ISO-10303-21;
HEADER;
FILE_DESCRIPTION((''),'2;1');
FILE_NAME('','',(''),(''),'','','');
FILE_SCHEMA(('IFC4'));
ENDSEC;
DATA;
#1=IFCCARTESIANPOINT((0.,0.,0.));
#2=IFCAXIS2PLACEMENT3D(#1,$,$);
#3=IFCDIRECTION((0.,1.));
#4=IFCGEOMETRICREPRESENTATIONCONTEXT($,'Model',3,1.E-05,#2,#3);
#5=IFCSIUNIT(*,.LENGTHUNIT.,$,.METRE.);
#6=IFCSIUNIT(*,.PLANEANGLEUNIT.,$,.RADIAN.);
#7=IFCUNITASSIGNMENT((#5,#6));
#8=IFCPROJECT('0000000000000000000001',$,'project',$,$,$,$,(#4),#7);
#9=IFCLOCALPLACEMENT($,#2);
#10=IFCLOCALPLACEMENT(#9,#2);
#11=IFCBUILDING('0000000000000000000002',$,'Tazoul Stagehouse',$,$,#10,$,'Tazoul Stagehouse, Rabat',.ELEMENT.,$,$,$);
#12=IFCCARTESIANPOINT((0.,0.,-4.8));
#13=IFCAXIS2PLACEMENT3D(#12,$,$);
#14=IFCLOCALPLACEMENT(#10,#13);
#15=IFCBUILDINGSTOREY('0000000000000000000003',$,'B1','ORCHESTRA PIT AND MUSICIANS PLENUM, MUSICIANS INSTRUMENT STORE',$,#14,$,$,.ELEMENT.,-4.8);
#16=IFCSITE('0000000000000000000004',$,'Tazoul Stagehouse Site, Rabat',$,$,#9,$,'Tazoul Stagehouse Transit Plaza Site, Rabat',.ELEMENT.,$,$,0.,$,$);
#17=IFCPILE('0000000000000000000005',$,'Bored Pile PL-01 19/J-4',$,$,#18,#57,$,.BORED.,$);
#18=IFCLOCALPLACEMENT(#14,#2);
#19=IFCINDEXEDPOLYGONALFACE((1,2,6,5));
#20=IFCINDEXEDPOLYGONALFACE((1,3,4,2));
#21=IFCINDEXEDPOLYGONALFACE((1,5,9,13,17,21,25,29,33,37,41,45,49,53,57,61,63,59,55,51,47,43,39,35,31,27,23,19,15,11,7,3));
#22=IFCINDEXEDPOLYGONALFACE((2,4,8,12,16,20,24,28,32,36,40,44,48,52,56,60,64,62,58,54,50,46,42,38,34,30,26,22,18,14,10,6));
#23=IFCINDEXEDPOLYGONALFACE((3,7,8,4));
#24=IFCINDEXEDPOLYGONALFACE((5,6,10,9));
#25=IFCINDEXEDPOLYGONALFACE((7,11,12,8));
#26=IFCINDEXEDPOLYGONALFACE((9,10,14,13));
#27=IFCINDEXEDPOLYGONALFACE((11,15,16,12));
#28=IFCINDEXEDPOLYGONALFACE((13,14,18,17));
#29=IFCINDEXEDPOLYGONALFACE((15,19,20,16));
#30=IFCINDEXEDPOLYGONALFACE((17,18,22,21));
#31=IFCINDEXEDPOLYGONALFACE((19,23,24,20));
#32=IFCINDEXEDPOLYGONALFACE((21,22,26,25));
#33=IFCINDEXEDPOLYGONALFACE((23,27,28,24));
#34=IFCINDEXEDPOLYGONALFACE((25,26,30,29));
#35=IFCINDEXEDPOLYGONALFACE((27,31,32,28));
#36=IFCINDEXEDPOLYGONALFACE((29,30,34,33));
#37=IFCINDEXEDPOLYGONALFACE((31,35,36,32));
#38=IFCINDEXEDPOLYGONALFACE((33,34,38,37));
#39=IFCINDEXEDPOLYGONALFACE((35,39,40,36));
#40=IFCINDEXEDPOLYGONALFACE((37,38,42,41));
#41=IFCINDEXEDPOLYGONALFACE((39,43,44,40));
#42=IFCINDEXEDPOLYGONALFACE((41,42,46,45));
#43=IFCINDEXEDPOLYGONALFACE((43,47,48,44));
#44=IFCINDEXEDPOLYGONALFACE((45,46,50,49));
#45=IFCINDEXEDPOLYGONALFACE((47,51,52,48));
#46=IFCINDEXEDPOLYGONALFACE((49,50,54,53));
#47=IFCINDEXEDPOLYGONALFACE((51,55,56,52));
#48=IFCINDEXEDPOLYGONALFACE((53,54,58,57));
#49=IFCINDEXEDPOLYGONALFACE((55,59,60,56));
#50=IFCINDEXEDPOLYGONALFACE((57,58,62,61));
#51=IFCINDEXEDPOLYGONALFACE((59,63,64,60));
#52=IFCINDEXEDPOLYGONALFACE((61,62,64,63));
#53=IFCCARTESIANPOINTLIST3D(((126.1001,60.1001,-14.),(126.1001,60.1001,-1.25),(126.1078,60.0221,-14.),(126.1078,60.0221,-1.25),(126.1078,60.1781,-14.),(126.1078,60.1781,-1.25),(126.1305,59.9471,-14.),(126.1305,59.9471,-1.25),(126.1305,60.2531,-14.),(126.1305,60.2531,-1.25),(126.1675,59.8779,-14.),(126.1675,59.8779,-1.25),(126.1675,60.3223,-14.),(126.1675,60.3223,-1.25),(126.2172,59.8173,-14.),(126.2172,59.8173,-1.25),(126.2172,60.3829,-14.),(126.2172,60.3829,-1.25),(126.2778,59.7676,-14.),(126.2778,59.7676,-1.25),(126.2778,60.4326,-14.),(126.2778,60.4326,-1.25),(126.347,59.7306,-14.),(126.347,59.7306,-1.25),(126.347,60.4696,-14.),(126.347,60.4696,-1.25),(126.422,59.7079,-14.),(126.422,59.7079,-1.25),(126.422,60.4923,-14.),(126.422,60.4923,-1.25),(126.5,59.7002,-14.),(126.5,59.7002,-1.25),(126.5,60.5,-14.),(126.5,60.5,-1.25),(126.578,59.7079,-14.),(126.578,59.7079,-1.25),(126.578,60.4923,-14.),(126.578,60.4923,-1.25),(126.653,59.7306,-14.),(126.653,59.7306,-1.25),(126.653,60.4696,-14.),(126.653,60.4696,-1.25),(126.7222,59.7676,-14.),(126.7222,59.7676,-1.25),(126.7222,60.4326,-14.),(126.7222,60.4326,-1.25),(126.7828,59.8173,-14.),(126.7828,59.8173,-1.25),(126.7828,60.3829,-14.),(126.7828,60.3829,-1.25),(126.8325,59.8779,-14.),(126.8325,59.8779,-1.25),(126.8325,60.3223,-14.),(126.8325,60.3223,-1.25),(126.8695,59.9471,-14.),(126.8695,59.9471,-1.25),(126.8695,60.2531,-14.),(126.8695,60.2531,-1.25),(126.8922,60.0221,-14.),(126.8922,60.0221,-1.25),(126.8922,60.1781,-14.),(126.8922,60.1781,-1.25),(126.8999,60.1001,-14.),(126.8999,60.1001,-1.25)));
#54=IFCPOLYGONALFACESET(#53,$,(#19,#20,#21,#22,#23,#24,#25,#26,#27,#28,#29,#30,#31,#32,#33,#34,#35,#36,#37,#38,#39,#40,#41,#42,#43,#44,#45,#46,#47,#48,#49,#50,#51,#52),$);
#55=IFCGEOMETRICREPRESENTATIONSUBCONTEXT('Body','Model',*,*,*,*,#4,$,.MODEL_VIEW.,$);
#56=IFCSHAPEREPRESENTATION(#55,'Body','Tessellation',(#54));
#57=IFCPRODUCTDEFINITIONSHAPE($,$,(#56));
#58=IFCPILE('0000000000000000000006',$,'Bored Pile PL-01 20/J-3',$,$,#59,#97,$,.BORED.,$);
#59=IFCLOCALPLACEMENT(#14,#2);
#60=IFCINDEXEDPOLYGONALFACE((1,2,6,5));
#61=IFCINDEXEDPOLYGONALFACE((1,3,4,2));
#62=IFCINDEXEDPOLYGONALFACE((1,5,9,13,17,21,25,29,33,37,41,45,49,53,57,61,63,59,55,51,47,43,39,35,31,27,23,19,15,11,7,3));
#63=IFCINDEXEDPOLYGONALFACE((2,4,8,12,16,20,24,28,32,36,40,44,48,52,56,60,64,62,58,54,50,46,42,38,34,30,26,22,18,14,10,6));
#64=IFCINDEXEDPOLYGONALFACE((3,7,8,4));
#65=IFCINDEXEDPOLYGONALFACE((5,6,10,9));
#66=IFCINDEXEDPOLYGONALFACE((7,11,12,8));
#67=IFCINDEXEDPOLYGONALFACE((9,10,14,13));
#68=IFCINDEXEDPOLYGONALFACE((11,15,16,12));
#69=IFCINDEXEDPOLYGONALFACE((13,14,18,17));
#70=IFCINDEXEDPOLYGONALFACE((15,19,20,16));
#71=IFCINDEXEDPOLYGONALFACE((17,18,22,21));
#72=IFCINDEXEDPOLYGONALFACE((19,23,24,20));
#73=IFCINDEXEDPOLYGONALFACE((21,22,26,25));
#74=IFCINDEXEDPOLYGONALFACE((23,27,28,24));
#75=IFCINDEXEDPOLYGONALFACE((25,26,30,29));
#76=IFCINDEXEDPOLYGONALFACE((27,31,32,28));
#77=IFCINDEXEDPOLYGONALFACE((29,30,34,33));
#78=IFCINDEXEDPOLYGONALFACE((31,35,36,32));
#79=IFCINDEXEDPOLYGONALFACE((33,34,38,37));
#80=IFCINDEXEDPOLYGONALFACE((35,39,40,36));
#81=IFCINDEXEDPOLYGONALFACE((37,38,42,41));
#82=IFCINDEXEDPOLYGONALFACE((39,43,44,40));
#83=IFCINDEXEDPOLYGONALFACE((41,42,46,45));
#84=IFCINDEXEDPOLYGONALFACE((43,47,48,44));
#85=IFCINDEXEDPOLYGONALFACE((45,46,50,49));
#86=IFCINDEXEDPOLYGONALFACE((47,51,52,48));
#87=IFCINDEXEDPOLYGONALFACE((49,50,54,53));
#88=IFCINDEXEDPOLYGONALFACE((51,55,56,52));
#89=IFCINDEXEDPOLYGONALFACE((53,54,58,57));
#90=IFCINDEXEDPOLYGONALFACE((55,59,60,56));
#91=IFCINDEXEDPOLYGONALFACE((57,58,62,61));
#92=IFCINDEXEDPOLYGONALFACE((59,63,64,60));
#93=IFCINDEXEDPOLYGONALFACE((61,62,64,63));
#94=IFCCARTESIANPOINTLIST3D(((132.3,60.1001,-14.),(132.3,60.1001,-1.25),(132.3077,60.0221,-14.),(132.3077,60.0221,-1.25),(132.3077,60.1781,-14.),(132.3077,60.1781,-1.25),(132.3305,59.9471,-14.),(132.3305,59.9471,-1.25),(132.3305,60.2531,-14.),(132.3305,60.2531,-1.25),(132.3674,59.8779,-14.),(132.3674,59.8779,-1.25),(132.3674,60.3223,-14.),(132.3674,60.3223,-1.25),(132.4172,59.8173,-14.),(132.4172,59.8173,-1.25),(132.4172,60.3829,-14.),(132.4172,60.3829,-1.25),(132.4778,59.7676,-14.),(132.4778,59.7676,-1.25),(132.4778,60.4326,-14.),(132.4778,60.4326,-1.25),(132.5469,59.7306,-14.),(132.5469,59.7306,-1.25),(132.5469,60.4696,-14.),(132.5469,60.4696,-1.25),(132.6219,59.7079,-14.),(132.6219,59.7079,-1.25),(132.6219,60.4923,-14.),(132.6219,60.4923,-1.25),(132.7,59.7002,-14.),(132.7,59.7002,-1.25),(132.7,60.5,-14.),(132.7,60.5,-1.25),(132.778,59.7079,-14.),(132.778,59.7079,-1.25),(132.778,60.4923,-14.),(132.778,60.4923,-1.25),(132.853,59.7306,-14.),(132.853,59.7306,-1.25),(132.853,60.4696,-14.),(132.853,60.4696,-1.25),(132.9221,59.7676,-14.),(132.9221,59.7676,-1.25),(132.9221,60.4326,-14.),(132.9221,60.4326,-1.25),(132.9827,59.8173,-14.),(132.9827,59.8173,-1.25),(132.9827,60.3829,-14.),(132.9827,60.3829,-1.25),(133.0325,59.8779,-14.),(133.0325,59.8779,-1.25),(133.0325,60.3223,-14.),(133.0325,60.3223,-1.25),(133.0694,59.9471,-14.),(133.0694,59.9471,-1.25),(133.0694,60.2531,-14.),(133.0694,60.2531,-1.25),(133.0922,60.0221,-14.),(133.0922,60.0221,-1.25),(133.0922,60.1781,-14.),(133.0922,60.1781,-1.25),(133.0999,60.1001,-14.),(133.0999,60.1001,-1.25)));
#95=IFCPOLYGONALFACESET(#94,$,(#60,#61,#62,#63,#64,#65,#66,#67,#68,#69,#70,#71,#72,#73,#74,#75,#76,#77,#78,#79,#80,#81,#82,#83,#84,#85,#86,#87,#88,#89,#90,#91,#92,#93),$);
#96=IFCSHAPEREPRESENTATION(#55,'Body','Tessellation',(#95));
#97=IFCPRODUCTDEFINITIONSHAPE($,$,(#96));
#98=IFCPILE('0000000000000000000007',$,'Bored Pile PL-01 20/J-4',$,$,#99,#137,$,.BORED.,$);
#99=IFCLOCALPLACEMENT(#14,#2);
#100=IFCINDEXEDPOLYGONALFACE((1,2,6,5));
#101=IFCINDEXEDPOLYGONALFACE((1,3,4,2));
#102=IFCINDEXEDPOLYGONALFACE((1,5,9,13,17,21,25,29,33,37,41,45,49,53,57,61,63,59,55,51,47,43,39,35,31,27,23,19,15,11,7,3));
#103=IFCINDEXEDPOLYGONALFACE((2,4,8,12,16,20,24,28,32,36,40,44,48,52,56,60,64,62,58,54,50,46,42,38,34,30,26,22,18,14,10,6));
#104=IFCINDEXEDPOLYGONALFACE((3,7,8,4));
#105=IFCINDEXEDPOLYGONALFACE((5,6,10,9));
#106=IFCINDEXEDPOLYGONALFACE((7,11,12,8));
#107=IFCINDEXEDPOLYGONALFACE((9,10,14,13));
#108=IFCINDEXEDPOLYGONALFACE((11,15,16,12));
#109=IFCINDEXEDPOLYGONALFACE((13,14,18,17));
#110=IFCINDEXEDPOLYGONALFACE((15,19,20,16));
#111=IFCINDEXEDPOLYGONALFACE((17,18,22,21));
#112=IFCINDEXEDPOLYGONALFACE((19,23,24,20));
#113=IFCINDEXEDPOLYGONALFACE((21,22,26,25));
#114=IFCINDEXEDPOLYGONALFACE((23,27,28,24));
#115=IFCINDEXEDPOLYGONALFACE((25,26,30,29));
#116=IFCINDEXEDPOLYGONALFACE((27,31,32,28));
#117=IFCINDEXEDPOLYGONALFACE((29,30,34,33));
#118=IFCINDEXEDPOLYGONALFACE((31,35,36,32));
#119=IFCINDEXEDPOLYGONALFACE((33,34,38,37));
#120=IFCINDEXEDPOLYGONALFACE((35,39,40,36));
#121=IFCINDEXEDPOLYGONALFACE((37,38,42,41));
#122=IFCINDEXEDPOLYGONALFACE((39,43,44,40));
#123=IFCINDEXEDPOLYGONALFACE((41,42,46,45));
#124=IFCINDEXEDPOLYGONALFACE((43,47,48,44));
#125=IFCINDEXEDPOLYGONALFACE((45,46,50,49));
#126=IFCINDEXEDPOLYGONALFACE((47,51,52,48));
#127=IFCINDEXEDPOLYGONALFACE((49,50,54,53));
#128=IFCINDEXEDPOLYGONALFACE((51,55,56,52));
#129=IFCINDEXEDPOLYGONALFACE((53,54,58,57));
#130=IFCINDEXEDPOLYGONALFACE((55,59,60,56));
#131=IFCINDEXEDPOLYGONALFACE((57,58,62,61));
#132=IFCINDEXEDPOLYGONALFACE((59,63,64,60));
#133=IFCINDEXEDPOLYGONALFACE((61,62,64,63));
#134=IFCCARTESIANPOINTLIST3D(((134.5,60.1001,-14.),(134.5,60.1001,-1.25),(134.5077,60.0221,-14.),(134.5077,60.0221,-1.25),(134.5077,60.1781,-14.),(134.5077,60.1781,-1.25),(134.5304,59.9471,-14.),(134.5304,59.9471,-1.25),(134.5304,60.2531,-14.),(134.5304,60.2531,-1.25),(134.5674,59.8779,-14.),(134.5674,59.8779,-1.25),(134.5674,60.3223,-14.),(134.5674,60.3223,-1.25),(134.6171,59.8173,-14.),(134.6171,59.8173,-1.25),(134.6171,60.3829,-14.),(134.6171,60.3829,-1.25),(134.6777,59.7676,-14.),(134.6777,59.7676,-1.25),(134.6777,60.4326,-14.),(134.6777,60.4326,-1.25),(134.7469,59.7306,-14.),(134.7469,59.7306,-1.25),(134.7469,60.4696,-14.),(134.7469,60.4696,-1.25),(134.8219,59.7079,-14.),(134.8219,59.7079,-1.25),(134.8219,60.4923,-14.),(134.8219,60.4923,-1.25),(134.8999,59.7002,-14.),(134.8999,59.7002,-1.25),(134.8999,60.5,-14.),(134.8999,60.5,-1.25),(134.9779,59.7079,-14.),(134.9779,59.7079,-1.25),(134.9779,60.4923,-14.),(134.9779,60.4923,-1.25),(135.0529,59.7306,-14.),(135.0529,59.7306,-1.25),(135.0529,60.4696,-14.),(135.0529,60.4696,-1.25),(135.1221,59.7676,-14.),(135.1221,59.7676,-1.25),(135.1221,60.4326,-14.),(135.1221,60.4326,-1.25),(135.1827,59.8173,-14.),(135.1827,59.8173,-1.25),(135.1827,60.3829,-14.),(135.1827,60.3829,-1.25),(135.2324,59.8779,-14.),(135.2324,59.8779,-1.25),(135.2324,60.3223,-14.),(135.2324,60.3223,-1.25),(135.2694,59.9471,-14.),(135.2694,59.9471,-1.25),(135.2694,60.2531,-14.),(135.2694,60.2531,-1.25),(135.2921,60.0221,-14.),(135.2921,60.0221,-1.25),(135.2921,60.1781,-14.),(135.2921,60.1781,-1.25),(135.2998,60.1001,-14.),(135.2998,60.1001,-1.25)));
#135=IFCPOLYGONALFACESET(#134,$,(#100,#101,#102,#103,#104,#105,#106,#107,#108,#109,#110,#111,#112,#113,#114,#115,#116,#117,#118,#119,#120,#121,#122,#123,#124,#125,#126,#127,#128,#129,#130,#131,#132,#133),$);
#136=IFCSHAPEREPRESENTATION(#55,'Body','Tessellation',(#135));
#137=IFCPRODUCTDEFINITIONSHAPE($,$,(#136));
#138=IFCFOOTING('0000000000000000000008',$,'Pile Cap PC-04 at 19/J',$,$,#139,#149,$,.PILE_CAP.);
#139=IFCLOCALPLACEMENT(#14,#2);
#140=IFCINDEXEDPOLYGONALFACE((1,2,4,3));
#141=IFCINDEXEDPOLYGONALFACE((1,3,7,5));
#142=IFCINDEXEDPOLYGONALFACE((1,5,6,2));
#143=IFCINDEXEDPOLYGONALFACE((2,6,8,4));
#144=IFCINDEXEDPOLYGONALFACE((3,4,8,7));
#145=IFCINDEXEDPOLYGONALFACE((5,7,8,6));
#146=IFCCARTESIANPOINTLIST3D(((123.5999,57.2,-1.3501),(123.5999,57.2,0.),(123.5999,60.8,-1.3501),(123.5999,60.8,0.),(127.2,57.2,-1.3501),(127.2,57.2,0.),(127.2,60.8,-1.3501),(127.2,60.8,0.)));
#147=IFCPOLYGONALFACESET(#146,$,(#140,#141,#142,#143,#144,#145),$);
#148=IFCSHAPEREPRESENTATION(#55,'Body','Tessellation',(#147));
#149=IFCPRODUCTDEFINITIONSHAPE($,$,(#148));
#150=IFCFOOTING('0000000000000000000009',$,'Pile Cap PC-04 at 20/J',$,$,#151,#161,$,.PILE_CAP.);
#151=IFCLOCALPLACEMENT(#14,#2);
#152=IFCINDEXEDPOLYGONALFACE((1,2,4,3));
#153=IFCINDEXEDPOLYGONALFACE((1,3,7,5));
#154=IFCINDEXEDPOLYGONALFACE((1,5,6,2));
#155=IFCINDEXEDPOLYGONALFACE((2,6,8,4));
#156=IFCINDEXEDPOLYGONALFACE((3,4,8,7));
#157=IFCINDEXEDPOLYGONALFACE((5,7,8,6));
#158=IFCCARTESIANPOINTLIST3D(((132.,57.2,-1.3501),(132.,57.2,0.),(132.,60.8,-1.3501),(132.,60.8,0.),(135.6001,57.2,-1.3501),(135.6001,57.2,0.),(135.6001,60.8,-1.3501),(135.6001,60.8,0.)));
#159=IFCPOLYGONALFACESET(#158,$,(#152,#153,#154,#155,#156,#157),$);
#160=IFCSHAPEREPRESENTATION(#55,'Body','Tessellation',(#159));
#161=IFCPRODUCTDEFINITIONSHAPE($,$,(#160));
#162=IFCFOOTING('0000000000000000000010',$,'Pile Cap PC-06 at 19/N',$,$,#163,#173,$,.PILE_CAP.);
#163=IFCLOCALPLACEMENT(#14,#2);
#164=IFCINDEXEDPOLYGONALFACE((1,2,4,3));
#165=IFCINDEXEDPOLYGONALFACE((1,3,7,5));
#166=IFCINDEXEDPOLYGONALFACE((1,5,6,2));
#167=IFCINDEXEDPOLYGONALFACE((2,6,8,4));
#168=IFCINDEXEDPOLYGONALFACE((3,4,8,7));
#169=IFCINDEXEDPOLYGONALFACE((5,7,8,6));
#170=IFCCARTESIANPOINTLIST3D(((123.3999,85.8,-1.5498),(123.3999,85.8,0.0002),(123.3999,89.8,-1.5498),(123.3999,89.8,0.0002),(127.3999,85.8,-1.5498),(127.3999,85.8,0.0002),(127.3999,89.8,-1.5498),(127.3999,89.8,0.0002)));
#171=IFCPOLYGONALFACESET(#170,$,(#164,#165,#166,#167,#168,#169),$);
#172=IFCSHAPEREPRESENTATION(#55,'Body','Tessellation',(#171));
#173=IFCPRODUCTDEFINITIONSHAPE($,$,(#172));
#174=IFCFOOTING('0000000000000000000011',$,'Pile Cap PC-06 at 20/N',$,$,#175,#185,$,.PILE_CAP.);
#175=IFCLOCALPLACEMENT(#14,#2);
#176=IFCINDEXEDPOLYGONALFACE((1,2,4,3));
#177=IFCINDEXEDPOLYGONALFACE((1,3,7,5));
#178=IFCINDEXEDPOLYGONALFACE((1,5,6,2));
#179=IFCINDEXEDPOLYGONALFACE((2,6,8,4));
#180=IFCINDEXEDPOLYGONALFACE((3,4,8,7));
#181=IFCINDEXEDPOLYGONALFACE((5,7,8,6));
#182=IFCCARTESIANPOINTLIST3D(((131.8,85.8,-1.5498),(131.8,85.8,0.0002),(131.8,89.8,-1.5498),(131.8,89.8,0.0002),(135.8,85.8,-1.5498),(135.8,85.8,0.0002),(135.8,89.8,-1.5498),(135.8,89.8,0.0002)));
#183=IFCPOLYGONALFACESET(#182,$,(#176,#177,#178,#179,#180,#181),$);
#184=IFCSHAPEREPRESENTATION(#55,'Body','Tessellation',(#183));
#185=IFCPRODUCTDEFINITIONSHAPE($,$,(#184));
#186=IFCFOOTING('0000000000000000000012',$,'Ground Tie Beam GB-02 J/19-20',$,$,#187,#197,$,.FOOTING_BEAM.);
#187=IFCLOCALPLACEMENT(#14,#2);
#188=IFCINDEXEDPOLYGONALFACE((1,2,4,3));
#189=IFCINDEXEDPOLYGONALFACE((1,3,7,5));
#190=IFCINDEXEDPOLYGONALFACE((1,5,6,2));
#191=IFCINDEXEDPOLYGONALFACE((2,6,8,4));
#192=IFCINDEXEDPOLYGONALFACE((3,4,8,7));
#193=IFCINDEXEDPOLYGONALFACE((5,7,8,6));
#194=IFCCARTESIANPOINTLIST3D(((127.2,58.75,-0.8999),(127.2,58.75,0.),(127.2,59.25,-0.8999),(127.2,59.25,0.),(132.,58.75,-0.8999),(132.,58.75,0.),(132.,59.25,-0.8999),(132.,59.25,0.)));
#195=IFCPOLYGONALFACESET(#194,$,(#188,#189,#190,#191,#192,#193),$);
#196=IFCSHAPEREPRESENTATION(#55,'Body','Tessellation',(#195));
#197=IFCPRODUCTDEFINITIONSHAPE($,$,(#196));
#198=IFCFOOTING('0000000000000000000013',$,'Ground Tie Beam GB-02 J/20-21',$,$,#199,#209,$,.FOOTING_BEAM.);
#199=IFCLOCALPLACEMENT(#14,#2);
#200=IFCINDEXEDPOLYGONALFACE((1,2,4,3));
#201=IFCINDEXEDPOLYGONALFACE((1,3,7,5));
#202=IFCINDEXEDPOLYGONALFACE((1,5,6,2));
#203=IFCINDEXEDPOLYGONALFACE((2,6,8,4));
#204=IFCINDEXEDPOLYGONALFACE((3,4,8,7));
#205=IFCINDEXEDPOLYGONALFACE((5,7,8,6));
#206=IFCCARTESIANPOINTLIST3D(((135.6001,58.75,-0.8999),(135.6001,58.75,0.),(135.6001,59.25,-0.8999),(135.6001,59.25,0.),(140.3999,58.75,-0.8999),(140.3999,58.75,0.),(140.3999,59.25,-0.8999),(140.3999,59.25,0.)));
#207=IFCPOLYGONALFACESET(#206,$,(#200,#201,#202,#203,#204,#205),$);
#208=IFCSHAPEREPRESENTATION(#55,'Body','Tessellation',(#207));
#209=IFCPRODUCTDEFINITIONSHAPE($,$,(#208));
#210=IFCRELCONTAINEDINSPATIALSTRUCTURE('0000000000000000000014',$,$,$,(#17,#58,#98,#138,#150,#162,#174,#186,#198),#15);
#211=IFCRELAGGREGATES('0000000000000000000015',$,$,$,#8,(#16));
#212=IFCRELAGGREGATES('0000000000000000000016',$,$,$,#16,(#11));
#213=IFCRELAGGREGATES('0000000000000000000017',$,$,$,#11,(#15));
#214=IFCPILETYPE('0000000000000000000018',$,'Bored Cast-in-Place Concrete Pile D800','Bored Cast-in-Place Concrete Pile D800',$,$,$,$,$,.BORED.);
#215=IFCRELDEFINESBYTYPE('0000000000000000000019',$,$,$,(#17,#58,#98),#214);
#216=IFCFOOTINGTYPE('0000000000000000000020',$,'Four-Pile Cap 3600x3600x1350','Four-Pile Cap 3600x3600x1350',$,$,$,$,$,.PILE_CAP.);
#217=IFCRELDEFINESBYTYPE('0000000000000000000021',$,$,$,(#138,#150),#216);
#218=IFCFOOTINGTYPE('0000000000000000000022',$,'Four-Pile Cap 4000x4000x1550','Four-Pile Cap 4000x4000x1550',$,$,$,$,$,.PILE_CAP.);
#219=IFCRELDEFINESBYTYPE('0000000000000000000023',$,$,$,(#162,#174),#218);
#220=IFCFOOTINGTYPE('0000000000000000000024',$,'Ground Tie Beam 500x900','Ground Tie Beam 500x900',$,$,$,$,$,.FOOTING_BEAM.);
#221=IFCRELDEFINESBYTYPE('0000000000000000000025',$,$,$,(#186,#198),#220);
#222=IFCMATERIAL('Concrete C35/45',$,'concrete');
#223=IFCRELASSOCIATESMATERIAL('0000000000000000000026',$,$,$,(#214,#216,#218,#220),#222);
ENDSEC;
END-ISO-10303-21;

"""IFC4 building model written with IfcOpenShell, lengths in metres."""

from ifc_helpers import new_model, si_unit, direction, frame, origin, origin_2d, place, context, subcontext, project, spatial, rectangle, circle, extrude, material, material_profile, profile_set, type_object, element, save


model = new_model("IFC4")

# Units and contexts
model_context = context("Model", 3, precision=1e-05, world=origin(), true_north=direction((0.0, 1.0)))
body_context = subcontext(model_context, "Body", "Model", "MODEL_VIEW")
ifc_project = project(units=[si_unit("LENGTHUNIT", "METRE"), si_unit("PLANEANGLEUNIT", "RADIAN")], contexts=[model_context])

# Site, building, storey
site_placement = place(None, origin())
site = spatial("IfcSite", under=ifc_project, at=site_placement, Name="Tazoul Stagehouse Site, Rabat", LongName="Tazoul Stagehouse Transit Plaza Site, Rabat", CompositionType="ELEMENT", RefElevation=0.0)
building_placement = place(site_placement, origin())
building = spatial("IfcBuilding", under=site, at=building_placement, Name="Tazoul Stagehouse", LongName="Tazoul Stagehouse, Rabat", CompositionType="ELEMENT")
storey_placement = place(building_placement, frame((0.0, 0.0, -4.8)))
storey = spatial("IfcBuildingStorey", under=building, at=storey_placement, Name="B1", Description="ORCHESTRA PIT AND MUSICIANS PLENUM, MUSICIANS INSTRUMENT STORE", CompositionType="ELEMENT", Elevation=-4.8)

# Piles
ifc_material_1 = material(Name="Concrete C35/45", Category="concrete")
ifc_material_profile_1 = material_profile(ifc_material_1, circle(Radius=0.3999, at=origin_2d()), Name="BORED PILE 800")
ifc_profile_set_1 = profile_set([ifc_material_profile_1], Name="Concrete C35/45")
pile_type_1 = type_object("IfcPileType", Name="Bored Cast-in-Place Concrete Pile D800", Description="Bored Cast-in-Place Concrete Pile D800", PredefinedType="BORED", material=ifc_profile_set_1)
for number, where, z_axis, x_axis, name in (
    (1, (126.5, 60.1001, -1.25), (0.0, 0.0, -1.0), (1.0, 0.0, 0.0), "Bored Pile PL-01 19/J-4"),
    (2, (132.7, 60.1001, -1.25), (0.0, 0.0, -1.0), (1.0, 0.0, 0.0), "Bored Pile PL-01 20/J-3"),
    (3, (134.8999, 60.1001, -1.25), (0.0, 0.0, -1.0), (1.0, 0.0, 0.0), "Bored Pile PL-01 20/J-4"),
):
    element("IfcPile", number, at=place(storey_placement, frame(where, z_axis=z_axis, x_axis=x_axis)), inside=storey, type_object=pile_type_1, Name=name, PredefinedType="BORED", context=body_context, shape_type="SweptSolid", body=[
        extrude(circle(Radius=0.3999, at=origin_2d()), origin(), (0.0, 0.0, 1.0), 12.75),
    ])

# Footings
footing_type_1 = type_object("IfcFootingType", Name="Four-Pile Cap 3600x3600x1350", Description="Four-Pile Cap 3600x3600x1350", PredefinedType="PILE_CAP", material=ifc_material_1)
for number, where, z_axis, x_axis, name in (
    (4, (125.3999, 59.0, -1.3501), (0.0, 0.0, 1.0), (1.0, 0.0, 0.0), "Pile Cap PC-04 at 19/J"),
    (5, (133.8, 59.0, -1.3501), (0.0, 0.0, 1.0), (1.0, 0.0, 0.0), "Pile Cap PC-04 at 20/J"),
):
    element("IfcFooting", number, at=place(storey_placement, frame(where, z_axis=z_axis, x_axis=x_axis)), inside=storey, type_object=footing_type_1, Name=name, PredefinedType="PILE_CAP", context=body_context, shape_type="SweptSolid", body=[
        extrude(rectangle(XDim=3.6001, YDim=3.6001, at=origin_2d()), origin(), (0.0, 0.0, 1.0), 1.3501),
    ])
footing_type_2 = type_object("IfcFootingType", Name="Four-Pile Cap 4000x4000x1550", Description="Four-Pile Cap 4000x4000x1550", PredefinedType="PILE_CAP", material=ifc_material_1)
for number, where, z_axis, x_axis, name in (
    (6, (125.3999, 87.8, -1.5498), (0.0, 0.0, 1.0), (1.0, 0.0, 0.0), "Pile Cap PC-06 at 19/N"),
    (7, (133.8, 87.8, -1.5498), (0.0, 0.0, 1.0), (1.0, 0.0, 0.0), "Pile Cap PC-06 at 20/N"),
):
    element("IfcFooting", number, at=place(storey_placement, frame(where, z_axis=z_axis, x_axis=x_axis)), inside=storey, type_object=footing_type_2, Name=name, PredefinedType="PILE_CAP", context=body_context, shape_type="SweptSolid", body=[
        extrude(rectangle(XDim=4.0, YDim=4.0, at=origin_2d()), origin(), (0.0, 0.0, 1.0), 1.55),
    ])
ifc_material_profile_2 = material_profile(ifc_material_1, rectangle(XDim=0.5, YDim=0.8999, at=origin_2d()), Name="RC 500x900")
ifc_profile_set_2 = profile_set([ifc_material_profile_2], Name="Concrete C35/45")
footing_type_3 = type_object("IfcFootingType", Name="Ground Tie Beam 500x900", Description="Ground Tie Beam 500x900", PredefinedType="FOOTING_BEAM", material=ifc_profile_set_2)
footing_1_placement = place(storey_placement, frame((127.2, 59.0, -0.45), z_axis=(1.0, 0.0, 0.0), x_axis=(0.0, 1.0, 0.0)))
element("IfcFooting", 8, at=footing_1_placement, inside=storey, type_object=footing_type_3, Name="Ground Tie Beam GB-02 J/19-20", PredefinedType="FOOTING_BEAM", context=body_context, shape_type="SweptSolid", body=[
    extrude(rectangle(XDim=0.5, YDim=0.8999, at=origin_2d()), origin(), (0.0, 0.0, 1.0), 4.8),
])
footing_2_placement = place(storey_placement, frame((135.6001, 59.0, -0.45), z_axis=(1.0, 0.0, 0.0), x_axis=(0.0, 1.0, 0.0)))
element("IfcFooting", 9, at=footing_2_placement, inside=storey, type_object=footing_type_3, Name="Ground Tie Beam GB-02 J/20-21", PredefinedType="FOOTING_BEAM", context=body_context, shape_type="SweptSolid", body=[
    extrude(rectangle(XDim=0.5, YDim=0.8999, at=origin_2d()), origin(), (0.0, 0.0, 1.0), 4.7998),
])

save(model, "model.ifc")
